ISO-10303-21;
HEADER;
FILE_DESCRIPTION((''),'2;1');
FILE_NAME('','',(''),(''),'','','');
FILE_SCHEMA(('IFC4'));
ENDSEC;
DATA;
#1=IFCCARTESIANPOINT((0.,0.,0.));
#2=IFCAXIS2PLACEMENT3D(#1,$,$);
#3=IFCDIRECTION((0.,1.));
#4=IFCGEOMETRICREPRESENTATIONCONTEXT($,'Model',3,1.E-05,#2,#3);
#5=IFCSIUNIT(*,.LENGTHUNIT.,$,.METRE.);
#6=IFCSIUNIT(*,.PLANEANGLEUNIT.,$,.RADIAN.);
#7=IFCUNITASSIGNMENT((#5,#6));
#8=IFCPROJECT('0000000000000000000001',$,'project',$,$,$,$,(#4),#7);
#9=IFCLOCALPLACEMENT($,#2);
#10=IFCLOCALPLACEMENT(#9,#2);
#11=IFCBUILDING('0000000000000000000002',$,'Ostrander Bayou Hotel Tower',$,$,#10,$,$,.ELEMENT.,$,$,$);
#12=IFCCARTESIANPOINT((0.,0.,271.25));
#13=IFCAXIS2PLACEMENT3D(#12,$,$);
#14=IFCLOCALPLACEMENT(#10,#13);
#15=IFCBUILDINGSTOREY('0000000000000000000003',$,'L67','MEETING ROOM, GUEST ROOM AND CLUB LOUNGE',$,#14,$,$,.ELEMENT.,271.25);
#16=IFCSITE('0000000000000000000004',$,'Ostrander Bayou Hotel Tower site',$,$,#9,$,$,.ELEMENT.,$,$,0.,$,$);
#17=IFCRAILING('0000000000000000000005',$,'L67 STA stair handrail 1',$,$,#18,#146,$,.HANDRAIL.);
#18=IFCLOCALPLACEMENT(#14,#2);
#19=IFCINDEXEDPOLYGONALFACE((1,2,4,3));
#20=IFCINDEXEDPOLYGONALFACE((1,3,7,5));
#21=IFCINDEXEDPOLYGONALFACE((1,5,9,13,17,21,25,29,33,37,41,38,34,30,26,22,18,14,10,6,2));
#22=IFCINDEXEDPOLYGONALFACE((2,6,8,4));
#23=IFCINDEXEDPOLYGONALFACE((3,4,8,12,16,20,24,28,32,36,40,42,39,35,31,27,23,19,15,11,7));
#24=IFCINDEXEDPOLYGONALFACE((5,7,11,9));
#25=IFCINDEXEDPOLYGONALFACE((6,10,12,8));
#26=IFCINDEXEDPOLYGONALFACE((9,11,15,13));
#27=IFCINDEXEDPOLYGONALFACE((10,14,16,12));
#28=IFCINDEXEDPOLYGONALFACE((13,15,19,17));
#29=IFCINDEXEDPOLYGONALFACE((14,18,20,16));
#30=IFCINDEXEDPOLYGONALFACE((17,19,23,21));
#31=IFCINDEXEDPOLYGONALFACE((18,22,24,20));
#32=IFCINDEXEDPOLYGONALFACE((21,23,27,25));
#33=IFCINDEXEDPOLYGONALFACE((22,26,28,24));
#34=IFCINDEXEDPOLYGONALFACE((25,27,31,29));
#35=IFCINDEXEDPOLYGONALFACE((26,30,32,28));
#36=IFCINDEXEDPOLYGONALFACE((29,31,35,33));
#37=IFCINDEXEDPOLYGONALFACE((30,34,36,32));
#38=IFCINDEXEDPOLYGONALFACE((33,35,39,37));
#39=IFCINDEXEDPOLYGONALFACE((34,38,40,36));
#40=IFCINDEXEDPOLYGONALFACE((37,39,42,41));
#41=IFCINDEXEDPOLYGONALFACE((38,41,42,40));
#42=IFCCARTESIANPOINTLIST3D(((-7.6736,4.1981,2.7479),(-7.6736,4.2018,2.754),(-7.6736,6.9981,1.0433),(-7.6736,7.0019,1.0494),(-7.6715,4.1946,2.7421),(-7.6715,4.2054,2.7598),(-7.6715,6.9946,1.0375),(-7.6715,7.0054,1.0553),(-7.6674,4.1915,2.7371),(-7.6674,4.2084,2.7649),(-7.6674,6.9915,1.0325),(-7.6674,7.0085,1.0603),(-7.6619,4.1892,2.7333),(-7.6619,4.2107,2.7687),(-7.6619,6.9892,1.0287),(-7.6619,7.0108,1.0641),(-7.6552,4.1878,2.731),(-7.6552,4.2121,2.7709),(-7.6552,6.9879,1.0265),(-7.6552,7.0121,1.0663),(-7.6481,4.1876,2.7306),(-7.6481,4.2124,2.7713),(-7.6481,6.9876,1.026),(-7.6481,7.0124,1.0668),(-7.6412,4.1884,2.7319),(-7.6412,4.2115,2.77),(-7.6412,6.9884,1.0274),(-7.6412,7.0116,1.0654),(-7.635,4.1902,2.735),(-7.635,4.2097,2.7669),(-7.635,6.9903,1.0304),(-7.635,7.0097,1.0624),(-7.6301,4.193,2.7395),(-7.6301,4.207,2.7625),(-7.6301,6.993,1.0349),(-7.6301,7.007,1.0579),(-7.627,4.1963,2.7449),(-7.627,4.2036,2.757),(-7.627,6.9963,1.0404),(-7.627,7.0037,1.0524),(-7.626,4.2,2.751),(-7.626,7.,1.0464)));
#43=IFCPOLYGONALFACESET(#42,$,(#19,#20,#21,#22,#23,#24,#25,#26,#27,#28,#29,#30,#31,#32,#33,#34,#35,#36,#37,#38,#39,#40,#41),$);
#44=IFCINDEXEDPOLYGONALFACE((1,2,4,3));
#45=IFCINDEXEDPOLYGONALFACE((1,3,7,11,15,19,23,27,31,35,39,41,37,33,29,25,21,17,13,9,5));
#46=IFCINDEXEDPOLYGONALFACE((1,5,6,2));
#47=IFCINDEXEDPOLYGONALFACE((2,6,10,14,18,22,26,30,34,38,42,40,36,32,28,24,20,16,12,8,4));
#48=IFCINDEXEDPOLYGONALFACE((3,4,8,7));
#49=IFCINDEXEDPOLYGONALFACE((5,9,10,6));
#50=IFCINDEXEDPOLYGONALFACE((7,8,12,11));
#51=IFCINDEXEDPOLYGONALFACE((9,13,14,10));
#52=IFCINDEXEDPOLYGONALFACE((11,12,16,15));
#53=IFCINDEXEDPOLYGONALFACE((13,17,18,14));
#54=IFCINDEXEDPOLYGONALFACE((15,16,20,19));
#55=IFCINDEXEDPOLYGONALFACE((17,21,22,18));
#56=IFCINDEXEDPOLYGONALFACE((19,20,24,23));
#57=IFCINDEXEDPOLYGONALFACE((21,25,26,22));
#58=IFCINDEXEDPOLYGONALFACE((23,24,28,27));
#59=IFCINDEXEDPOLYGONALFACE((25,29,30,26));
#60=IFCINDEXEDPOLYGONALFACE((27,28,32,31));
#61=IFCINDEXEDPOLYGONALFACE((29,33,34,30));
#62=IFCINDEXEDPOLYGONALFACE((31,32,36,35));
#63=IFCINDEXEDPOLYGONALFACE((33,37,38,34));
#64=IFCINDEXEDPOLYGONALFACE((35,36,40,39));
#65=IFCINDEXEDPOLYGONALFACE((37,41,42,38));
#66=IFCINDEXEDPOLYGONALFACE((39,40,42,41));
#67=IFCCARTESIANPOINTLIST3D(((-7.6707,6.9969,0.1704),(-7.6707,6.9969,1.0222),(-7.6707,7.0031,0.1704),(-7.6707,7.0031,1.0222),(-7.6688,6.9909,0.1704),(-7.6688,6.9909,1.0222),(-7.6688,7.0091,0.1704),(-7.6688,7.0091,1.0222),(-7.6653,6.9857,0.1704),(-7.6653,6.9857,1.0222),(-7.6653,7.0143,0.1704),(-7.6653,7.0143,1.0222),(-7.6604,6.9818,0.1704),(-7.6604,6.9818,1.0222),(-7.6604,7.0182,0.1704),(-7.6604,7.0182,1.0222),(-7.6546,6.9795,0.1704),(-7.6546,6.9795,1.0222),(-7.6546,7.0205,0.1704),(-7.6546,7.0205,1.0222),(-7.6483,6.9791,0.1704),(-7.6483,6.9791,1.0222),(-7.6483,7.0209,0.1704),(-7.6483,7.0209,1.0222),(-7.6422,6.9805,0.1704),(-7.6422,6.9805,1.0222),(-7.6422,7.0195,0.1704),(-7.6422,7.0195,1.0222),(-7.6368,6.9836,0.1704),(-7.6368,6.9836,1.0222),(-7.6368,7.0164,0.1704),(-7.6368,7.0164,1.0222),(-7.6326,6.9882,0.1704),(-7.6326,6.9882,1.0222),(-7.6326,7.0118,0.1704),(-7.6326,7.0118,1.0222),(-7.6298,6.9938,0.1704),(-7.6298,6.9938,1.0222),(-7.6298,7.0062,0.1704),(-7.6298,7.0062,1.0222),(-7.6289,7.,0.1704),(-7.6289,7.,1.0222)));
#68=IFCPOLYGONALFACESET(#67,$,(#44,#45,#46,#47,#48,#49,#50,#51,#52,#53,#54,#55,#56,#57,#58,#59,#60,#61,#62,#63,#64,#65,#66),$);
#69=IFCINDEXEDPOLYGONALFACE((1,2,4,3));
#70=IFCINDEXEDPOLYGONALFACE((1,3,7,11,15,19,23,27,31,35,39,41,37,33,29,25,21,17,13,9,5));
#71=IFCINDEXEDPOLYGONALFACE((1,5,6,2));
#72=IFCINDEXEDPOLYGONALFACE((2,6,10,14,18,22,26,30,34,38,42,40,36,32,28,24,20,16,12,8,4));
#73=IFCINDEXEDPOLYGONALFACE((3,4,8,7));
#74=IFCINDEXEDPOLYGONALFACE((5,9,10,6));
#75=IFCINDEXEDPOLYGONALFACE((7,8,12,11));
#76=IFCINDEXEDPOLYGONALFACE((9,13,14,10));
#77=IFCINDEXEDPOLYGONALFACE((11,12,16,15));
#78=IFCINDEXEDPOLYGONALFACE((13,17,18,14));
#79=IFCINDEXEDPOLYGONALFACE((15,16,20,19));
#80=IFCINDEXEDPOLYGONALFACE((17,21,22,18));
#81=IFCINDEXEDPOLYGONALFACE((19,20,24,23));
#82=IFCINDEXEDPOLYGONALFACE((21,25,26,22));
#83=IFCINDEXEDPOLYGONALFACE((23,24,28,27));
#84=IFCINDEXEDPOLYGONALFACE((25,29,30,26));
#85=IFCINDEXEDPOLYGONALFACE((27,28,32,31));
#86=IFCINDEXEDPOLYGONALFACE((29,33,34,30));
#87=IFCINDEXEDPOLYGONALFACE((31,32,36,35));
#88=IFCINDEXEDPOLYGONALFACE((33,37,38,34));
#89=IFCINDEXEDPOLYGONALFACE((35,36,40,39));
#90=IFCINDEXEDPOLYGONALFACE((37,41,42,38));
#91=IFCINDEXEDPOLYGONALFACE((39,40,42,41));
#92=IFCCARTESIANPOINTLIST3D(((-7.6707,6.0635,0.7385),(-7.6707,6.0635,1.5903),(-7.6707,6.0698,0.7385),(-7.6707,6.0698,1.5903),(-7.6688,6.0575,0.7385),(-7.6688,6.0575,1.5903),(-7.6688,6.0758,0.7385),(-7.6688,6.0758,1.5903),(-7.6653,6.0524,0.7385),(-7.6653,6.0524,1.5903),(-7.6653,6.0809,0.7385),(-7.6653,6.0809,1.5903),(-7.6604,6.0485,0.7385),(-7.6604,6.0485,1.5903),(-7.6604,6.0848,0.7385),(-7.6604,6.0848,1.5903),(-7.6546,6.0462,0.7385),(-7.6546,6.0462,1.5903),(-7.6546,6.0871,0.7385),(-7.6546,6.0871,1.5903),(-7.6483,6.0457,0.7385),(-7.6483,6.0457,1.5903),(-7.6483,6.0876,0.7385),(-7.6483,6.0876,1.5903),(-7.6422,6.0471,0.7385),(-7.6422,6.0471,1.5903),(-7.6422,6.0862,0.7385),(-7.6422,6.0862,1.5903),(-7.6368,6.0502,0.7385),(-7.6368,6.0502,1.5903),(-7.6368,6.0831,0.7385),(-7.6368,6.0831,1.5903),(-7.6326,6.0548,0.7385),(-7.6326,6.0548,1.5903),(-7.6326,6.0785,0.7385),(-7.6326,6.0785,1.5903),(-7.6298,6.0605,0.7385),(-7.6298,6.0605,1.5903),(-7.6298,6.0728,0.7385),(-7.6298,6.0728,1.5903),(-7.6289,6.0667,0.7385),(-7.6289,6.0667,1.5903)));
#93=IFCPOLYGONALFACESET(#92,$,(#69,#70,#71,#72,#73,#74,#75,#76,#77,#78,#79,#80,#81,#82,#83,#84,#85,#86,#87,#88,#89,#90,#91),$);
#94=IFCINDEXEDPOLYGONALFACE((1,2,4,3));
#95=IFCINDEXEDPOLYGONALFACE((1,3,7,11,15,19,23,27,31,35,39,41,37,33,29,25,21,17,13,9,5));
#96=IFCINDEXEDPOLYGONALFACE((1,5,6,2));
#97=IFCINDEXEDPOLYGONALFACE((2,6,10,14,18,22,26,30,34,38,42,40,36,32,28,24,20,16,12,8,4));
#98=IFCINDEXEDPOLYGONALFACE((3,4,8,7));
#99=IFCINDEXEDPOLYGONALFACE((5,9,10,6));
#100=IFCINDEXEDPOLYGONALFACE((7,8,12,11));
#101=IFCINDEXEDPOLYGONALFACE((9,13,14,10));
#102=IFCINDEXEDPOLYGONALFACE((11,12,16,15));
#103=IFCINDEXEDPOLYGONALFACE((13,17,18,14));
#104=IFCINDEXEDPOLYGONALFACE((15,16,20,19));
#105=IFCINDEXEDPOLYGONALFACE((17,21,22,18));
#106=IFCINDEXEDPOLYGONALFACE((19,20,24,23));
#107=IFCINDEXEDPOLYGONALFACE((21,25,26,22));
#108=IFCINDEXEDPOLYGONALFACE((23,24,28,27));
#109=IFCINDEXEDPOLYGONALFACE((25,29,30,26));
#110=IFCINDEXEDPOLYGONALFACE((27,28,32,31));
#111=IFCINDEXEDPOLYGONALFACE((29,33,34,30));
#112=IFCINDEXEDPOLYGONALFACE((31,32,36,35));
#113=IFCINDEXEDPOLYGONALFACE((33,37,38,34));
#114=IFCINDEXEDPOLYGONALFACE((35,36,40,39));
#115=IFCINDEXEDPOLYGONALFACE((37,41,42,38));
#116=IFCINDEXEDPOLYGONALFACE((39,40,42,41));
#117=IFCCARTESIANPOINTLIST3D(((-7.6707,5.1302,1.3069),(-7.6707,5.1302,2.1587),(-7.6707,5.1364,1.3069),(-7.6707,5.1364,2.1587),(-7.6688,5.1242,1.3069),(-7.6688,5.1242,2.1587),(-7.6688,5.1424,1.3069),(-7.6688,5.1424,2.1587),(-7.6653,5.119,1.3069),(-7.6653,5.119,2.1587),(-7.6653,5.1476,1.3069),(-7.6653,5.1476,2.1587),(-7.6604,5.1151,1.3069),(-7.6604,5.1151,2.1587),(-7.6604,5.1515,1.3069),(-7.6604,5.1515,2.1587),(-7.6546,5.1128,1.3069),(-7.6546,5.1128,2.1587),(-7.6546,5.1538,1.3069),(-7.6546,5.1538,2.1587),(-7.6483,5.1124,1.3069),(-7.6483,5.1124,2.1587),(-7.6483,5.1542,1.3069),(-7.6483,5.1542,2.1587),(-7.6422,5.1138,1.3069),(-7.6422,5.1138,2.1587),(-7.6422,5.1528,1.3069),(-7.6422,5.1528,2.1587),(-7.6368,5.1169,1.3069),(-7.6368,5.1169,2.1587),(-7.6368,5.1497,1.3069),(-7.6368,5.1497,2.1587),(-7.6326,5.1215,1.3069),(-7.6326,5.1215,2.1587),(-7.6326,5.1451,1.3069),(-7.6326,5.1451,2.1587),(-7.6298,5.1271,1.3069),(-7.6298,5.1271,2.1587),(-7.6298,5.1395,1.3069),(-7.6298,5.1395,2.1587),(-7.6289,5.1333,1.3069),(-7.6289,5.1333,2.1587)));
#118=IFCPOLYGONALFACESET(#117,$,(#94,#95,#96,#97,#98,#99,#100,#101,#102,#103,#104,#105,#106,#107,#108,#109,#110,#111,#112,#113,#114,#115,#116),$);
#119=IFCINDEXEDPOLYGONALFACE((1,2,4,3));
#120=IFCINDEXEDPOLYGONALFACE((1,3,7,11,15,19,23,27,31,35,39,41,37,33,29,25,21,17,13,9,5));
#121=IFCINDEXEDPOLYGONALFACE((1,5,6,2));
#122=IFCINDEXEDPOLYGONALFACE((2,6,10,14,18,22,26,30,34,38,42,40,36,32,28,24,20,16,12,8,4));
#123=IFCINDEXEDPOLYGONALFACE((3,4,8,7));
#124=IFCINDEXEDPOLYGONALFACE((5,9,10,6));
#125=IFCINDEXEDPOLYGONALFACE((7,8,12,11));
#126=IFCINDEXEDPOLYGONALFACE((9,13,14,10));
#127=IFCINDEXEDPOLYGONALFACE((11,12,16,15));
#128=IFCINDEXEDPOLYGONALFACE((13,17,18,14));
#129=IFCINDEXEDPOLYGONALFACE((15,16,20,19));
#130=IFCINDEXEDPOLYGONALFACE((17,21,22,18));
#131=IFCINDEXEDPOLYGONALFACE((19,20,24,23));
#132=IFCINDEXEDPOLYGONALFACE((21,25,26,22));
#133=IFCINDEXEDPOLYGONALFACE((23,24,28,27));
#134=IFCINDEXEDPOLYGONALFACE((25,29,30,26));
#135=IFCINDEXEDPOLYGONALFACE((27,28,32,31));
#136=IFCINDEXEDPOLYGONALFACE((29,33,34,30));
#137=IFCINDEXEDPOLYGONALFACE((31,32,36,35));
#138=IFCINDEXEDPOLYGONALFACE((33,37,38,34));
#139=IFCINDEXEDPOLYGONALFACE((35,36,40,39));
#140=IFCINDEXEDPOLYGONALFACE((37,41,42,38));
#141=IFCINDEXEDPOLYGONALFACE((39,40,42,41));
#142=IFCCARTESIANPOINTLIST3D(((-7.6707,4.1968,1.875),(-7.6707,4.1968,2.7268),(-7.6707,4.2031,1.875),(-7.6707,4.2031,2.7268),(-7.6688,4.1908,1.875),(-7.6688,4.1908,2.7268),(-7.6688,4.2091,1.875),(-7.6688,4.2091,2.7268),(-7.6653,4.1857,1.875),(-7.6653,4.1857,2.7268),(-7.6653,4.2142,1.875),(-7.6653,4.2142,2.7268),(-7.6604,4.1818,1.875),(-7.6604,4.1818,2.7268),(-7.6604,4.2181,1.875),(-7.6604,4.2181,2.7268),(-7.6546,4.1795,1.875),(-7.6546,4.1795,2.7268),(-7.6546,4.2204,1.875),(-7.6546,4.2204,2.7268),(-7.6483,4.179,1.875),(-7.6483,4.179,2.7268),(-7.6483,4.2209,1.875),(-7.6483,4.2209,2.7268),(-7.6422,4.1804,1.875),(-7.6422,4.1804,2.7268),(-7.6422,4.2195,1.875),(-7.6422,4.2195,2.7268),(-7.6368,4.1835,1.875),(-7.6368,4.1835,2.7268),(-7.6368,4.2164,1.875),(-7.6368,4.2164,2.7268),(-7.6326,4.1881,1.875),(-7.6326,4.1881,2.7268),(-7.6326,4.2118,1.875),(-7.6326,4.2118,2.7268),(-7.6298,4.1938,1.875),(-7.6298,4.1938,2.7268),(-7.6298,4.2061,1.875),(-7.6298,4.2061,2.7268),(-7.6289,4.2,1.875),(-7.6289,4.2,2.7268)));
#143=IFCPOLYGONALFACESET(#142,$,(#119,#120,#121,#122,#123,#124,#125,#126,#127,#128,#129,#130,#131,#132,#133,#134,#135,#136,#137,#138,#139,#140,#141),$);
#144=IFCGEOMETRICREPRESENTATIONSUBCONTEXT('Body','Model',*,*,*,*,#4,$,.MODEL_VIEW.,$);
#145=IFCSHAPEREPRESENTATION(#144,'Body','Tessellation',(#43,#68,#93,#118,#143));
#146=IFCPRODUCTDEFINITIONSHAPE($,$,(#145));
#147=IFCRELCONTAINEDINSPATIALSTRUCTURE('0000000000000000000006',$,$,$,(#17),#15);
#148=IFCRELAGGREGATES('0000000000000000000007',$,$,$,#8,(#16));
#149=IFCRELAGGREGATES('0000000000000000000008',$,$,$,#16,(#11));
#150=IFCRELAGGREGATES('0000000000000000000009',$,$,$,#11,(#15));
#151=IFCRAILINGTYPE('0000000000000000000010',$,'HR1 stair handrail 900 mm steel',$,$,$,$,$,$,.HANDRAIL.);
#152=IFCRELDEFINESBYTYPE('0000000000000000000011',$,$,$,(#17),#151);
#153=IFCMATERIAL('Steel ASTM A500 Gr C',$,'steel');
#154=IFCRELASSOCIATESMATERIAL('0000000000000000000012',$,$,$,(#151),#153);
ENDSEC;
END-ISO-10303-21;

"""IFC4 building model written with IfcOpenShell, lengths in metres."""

from ifc_helpers import new_model, si_unit, direction, frame, origin, origin_2d, place, context, subcontext, project, spatial, circle, extrude, material, type_object, element, save


model = new_model("IFC4")

# Units and contexts
model_context = context("Model", 3, precision=1e-05, world=origin(), true_north=direction((0.0, 1.0)))
body_context = subcontext(model_context, "Body", "Model", "MODEL_VIEW")
ifc_project = project(units=[si_unit("LENGTHUNIT", "METRE"), si_unit("PLANEANGLEUNIT", "RADIAN")], contexts=[model_context])

# Site, building, storey
site_placement = place(None, origin())
site = spatial("IfcSite", under=ifc_project, at=site_placement, Name="Ostrander Bayou Hotel Tower site", CompositionType="ELEMENT", RefElevation=0.0)
building_placement = place(site_placement, origin())
building = spatial("IfcBuilding", under=site, at=building_placement, Name="Ostrander Bayou Hotel Tower", CompositionType="ELEMENT")
storey_placement = place(building_placement, frame((0.0, 0.0, 271.25)))
storey = spatial("IfcBuildingStorey", under=building, at=storey_placement, Name="L67", Description="MEETING ROOM, GUEST ROOM AND CLUB LOUNGE", CompositionType="ELEMENT", Elevation=271.25)

# Railing
ifc_material_1 = material(Name="Steel ASTM A500 Gr C", Category="steel")
railing_type_1 = type_object("IfcRailingType", Name="HR1 stair handrail 900 mm steel", PredefinedType="HANDRAIL", material=ifc_material_1)
railing_1_placement = place(storey_placement, frame((-7.6499, 7.0, 0.1704)))
element("IfcRailing", 1, at=railing_1_placement, inside=storey, type_object=railing_type_1, Name="L67 STA stair handrail 1", PredefinedType="HANDRAIL", context=body_context, shape_type="SweptSolid", body=[
    extrude(circle(Radius=0.0239, at=origin_2d()), frame((0.0, 0.0, 0.876), z_axis=(0.0, -0.85417, 0.519994), x_axis=(1.0, 0.0, 0.0)), (0.0, 0.0, 1.0), 3.2781),
    extrude(circle(Radius=0.021, at=origin_2d()), origin(), (0.0, 0.0, 1.0), 0.8518),
    extrude(circle(Radius=0.021, at=origin_2d()), frame((0.0, -0.9333, 0.5681)), (0.0, 0.0, 1.0), 0.8518),
    extrude(circle(Radius=0.021, at=origin_2d()), frame((0.0, -1.8667, 1.1365)), (0.0, 0.0, 1.0), 0.8518),
    extrude(circle(Radius=0.021, at=origin_2d()), frame((0.0, -2.8, 1.7046)), (0.0, 0.0, 1.0), 0.8518),
])

save(model, "model.ifc")
